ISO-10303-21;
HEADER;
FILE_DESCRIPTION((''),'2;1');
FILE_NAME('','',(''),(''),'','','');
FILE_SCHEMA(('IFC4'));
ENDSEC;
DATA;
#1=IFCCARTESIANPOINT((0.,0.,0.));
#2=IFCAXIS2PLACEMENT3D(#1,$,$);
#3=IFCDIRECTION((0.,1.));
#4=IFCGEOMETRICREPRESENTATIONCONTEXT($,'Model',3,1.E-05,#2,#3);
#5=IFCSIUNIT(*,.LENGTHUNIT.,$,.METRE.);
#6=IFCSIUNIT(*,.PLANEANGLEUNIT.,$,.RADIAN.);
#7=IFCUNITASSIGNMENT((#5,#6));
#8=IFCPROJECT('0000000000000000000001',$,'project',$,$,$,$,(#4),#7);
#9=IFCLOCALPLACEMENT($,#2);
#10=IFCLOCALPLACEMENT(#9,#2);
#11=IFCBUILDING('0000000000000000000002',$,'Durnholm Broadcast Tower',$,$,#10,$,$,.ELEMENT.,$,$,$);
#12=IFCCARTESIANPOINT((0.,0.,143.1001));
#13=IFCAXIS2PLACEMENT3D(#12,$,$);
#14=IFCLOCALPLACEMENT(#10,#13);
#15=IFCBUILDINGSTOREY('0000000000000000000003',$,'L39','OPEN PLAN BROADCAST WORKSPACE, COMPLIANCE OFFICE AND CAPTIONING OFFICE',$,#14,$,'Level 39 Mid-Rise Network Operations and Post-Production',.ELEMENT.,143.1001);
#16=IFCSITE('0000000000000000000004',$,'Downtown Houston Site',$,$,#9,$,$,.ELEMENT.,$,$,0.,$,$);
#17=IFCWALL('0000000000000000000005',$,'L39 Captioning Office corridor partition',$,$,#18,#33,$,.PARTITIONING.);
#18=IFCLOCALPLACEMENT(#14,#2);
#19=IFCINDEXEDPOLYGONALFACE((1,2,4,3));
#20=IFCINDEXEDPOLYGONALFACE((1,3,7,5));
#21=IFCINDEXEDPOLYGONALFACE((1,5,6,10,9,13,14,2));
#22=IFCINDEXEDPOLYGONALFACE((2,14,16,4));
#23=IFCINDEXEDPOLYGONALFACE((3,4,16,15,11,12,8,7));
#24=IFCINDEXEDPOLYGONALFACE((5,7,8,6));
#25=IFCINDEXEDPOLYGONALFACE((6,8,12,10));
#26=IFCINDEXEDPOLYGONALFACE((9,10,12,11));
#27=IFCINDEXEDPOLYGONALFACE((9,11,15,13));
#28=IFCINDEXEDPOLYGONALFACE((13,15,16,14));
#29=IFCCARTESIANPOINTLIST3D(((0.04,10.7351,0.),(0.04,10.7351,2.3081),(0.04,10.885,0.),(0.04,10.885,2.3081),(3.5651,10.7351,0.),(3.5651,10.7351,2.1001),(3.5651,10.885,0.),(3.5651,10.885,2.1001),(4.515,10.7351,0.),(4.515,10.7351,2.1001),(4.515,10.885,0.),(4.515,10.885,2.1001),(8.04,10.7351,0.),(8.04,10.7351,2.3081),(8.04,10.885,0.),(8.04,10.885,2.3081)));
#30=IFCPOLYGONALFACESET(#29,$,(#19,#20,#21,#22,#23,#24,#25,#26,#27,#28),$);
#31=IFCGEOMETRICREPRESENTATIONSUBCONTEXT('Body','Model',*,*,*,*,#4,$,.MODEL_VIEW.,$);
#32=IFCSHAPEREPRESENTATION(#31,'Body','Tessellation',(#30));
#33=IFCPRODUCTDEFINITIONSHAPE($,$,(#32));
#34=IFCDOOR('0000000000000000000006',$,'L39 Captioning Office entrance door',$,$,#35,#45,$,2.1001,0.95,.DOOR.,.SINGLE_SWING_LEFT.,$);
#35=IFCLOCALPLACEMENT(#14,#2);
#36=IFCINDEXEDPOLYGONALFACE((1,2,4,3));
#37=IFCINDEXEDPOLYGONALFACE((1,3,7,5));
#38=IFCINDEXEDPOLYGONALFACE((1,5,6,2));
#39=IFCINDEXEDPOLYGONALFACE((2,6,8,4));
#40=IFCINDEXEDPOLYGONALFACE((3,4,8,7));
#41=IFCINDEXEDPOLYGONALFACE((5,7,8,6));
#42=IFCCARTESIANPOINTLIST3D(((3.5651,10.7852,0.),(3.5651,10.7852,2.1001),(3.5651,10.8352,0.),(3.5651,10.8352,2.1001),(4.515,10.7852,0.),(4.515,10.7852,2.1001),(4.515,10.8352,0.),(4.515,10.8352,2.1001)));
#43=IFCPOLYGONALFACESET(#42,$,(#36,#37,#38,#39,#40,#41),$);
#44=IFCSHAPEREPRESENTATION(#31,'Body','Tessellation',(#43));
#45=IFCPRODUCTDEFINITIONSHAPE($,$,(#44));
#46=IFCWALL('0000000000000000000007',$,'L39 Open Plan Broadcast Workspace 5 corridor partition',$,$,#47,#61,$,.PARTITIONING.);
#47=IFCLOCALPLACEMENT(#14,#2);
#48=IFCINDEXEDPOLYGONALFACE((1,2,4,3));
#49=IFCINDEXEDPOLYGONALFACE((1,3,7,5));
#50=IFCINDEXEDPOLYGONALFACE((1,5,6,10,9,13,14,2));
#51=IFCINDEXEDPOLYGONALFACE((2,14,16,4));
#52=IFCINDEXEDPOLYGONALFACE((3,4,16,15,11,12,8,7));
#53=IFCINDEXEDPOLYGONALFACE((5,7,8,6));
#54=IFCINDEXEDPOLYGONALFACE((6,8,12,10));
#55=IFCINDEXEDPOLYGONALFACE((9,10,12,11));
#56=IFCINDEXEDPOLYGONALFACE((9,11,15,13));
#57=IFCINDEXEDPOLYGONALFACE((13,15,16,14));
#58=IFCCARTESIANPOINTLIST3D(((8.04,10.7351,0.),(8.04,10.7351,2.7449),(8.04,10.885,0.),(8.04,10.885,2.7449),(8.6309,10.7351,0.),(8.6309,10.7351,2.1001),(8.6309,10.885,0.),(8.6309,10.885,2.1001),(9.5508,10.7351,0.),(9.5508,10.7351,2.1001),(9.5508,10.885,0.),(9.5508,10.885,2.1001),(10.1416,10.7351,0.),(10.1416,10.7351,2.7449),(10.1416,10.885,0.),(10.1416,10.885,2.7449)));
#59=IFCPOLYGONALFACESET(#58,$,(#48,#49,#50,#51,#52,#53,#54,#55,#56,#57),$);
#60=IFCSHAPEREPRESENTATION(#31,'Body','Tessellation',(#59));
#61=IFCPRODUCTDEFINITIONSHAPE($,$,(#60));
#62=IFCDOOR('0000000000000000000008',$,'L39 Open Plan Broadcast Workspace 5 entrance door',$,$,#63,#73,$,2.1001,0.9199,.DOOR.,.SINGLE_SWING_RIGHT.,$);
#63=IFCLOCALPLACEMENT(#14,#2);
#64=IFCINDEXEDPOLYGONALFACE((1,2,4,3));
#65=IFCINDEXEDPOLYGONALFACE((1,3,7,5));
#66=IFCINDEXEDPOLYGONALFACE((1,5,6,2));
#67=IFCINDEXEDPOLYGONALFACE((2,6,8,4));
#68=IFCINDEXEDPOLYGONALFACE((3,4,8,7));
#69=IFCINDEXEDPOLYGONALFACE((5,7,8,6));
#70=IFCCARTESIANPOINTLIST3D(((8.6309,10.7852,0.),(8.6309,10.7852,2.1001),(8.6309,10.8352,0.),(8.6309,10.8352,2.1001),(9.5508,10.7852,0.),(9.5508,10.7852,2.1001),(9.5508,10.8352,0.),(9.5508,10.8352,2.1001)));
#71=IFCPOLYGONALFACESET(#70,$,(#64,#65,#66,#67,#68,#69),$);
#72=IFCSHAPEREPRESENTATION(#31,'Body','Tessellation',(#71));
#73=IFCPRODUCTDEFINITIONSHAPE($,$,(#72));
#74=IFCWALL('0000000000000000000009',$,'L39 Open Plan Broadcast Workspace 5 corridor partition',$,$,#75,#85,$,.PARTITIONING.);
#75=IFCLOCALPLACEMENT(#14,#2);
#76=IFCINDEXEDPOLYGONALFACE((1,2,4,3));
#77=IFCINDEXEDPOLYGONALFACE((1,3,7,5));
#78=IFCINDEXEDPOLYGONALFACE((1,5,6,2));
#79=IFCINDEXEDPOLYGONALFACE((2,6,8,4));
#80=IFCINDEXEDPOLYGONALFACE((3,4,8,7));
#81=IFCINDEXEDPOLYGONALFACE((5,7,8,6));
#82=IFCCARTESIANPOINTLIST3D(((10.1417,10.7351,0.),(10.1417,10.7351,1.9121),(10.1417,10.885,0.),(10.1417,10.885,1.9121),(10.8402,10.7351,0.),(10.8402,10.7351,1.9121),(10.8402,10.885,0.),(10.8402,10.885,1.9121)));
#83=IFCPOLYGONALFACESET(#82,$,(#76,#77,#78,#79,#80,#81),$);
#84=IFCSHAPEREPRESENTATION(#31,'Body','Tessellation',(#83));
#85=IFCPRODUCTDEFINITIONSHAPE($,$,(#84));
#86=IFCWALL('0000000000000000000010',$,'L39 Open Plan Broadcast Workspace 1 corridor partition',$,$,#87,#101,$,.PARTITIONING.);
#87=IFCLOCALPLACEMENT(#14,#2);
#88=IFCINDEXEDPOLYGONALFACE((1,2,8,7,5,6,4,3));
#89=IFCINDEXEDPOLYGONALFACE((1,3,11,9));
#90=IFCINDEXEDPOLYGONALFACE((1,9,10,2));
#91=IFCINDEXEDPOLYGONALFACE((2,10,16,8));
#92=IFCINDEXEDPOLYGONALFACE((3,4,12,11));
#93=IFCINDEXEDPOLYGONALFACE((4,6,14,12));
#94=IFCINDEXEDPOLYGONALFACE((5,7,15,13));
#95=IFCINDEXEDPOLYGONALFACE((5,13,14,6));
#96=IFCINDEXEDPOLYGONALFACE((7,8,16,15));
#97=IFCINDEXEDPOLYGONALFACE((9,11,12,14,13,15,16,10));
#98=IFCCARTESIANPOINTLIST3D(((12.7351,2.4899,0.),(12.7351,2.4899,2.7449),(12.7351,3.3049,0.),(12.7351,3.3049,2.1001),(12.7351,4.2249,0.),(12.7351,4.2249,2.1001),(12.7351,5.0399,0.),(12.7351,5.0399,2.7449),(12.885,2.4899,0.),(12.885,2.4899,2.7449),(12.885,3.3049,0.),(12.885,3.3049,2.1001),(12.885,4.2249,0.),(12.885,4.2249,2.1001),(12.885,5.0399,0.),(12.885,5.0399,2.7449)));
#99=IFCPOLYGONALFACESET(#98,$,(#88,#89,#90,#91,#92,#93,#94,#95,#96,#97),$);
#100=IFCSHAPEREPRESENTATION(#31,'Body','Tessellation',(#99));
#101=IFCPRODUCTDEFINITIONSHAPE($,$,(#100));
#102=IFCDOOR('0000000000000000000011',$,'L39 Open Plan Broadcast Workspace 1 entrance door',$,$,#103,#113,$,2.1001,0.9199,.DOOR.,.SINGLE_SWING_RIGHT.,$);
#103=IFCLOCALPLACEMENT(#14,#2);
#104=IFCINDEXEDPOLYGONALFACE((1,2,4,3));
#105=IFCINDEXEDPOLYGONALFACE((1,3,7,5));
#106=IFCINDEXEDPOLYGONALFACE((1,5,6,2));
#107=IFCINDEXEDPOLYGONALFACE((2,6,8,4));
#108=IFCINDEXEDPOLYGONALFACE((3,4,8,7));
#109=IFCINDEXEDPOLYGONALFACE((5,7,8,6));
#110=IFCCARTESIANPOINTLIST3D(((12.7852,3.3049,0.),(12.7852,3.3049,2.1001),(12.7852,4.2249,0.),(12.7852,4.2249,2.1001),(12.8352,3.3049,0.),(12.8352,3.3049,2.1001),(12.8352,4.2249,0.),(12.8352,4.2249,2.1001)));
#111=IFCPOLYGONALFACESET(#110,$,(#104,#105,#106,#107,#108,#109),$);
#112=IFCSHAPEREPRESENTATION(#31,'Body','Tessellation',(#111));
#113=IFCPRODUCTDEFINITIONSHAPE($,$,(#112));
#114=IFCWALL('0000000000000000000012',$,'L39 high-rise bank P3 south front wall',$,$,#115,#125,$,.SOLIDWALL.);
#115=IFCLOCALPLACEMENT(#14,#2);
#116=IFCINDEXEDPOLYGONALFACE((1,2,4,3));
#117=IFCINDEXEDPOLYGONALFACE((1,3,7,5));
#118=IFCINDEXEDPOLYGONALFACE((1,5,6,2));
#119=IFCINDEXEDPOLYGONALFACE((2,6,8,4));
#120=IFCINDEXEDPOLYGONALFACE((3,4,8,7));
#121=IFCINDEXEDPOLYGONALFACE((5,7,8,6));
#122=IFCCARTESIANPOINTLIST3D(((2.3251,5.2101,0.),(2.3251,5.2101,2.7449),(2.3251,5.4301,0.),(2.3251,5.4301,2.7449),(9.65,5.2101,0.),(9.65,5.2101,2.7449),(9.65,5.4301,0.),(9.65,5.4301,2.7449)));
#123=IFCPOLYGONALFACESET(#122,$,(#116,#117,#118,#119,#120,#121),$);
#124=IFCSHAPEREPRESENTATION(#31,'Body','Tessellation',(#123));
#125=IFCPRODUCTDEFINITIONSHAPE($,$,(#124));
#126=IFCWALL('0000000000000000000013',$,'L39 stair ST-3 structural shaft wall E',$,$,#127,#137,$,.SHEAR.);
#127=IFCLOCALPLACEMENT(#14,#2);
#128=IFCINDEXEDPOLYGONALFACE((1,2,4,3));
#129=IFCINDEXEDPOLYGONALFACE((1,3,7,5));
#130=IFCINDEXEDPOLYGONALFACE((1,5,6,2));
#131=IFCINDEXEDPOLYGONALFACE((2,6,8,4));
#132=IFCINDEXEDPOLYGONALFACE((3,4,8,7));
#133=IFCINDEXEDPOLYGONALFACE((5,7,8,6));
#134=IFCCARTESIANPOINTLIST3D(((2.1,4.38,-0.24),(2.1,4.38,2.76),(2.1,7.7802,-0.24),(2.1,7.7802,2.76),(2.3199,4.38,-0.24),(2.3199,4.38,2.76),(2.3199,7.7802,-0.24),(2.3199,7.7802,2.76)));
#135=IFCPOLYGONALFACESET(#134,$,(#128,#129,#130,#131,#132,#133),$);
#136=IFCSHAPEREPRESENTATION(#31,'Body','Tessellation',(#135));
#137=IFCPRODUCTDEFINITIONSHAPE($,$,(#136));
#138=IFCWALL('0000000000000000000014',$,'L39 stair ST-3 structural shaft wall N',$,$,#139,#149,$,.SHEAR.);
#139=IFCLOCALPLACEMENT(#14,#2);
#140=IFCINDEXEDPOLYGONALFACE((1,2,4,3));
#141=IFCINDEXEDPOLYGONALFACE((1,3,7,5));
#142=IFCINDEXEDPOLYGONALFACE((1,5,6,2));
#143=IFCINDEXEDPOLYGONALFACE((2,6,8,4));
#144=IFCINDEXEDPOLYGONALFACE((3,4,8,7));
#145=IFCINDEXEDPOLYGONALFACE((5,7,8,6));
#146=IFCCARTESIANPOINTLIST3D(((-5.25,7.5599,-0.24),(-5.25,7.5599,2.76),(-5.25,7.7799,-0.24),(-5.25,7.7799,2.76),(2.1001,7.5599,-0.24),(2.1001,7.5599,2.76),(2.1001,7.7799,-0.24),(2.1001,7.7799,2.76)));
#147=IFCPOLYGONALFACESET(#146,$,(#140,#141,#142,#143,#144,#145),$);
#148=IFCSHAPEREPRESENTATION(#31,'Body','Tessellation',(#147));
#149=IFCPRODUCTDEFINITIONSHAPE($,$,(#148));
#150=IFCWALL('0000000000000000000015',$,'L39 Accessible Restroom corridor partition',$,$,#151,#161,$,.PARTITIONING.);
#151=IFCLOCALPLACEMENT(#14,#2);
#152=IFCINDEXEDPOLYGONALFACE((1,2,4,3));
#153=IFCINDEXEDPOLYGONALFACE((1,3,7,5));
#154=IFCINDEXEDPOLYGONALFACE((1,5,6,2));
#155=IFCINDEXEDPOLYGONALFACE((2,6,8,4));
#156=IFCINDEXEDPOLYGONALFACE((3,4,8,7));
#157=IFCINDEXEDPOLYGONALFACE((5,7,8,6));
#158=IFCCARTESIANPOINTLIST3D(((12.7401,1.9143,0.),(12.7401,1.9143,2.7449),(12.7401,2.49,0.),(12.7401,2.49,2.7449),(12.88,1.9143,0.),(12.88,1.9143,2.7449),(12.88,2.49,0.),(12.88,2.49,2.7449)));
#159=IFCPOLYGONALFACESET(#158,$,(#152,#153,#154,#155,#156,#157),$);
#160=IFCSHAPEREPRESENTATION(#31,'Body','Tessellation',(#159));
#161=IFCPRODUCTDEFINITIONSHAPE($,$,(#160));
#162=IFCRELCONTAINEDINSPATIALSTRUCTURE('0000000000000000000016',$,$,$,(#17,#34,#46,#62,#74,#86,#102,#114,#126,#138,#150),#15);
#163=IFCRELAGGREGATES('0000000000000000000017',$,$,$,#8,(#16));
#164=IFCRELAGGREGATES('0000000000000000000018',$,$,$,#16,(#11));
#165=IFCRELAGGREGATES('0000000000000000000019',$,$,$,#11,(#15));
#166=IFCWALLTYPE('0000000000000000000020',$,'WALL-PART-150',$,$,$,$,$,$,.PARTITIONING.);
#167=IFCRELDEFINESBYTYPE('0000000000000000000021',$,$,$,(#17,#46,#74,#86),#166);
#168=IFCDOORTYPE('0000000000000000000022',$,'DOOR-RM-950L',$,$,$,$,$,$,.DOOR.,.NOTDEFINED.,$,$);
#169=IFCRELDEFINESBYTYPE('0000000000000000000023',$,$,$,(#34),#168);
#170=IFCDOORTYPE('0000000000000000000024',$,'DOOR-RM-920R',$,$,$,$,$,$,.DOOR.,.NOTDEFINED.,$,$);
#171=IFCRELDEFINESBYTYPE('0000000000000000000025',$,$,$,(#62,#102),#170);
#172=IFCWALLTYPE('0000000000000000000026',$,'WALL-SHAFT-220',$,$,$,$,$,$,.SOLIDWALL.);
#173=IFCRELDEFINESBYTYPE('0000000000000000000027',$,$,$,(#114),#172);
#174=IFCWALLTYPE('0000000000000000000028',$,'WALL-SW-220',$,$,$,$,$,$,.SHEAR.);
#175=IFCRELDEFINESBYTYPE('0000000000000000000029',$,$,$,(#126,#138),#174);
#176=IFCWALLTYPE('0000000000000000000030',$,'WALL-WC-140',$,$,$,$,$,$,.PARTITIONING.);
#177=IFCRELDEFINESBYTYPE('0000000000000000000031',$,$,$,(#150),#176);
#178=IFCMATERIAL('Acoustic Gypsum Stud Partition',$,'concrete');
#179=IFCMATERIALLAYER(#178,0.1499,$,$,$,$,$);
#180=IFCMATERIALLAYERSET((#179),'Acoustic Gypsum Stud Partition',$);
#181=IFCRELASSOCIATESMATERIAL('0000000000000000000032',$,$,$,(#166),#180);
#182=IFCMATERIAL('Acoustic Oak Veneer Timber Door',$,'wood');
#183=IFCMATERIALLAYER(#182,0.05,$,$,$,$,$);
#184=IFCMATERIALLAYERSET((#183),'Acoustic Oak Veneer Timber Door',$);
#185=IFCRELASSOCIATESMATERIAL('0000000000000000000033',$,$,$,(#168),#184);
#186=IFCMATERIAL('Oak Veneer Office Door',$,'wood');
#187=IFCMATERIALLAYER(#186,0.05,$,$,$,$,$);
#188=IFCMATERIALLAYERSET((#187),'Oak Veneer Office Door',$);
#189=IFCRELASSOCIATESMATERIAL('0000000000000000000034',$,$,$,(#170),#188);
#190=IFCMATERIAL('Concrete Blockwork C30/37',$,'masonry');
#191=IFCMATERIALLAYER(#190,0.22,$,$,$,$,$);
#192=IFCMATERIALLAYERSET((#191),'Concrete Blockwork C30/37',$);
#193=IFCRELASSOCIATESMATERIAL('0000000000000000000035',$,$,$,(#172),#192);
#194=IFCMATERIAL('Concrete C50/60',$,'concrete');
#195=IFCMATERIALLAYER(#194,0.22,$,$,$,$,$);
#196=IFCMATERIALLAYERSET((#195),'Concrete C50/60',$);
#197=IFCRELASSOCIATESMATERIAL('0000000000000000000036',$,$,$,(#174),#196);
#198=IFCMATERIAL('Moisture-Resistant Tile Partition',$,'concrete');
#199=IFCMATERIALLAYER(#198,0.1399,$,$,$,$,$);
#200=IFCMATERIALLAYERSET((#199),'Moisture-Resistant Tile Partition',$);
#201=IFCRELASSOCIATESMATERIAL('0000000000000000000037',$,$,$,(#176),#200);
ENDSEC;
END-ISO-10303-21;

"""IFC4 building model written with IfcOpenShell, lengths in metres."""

from ifc_helpers import new_model, si_unit, direction, frame, frame_2d, origin, place, context, subcontext, project, spatial, rectangle, extrude, source, transform, mapped, material, layer, layer_set, type_object, type_shapes, element, fill, save


model = new_model("IFC4")

# Units and contexts
model_context = context("Model", 3, precision=1e-05, world=origin(), true_north=direction((0.0, 1.0)))
body_context = subcontext(model_context, "Body", "Model", "MODEL_VIEW")
ifc_project = project(units=[si_unit("LENGTHUNIT", "METRE"), si_unit("PLANEANGLEUNIT", "RADIAN")], contexts=[model_context])

# Site, building, storey
site_placement = place(None, origin())
site = spatial("IfcSite", under=ifc_project, at=site_placement, Name="Downtown Houston Site", CompositionType="ELEMENT", RefElevation=0.0)
building_placement = place(site_placement, origin())
building = spatial("IfcBuilding", under=site, at=building_placement, Name="Durnholm Broadcast Tower", CompositionType="ELEMENT")
storey_placement = place(building_placement, frame((0.0, 0.0, 143.1001)))
storey = spatial("IfcBuildingStorey", under=building, at=storey_placement, Name="L39", Description="OPEN PLAN BROADCAST WORKSPACE, COMPLIANCE OFFICE AND CAPTIONING OFFICE", LongName="Level 39 Mid-Rise Network Operations and Post-Production", CompositionType="ELEMENT", Elevation=143.1001)

# Shared definitions
ifc_material_1 = material(Name="Acoustic Gypsum Stud Partition", Category="concrete")
ifc_layer_1 = layer(ifc_material_1, 0.1499)
ifc_layer_set_1 = layer_set([ifc_layer_1], Name="Acoustic Gypsum Stud Partition")
wall_type_1 = type_object("IfcWallType", Name="WALL-PART-150", PredefinedType="PARTITIONING", material=ifc_layer_set_1)

# Walls, openings, doors
wall_1_placement = place(storey_placement, frame((8.04, 10.8101, 0.0), z_axis=(0.0, 0.0, 1.0), x_axis=(-1.0, 0.0, 0.0)))
wall_1 = element("IfcWall", 1, at=wall_1_placement, inside=storey, type_object=wall_type_1, Name="L39 Captioning Office corridor partition", PredefinedType="PARTITIONING", context=body_context, shape_type="SweptSolid", body=[
    extrude(rectangle(XDim=8.0, YDim=0.1499, at=frame_2d((4.0, 0.0))), origin(), (0.0, 0.0, 1.0), 2.3081),
])
opening_1_placement = place(wall_1_placement, frame((3.5249, 0.0, 0.0)))
opening_1 = element("IfcOpeningElement", 2, at=opening_1_placement, cuts=wall_1, PredefinedType="OPENING", context=body_context, shape_type="SweptSolid", body=[
    extrude(rectangle(XDim=0.95, YDim=2.1001, at=frame_2d((0.4751, 1.05))), frame((0.0, 0.085, 0.0), z_axis=(0.0, -1.0, 0.0), x_axis=(1.0, 0.0, 0.0)), (0.0, 0.0, 1.0), 0.1699),
])
ifc_material_2 = material(Name="Acoustic Oak Veneer Timber Door", Category="wood")
ifc_layer_2 = layer(ifc_material_2, 0.05)
ifc_layer_set_2 = layer_set([ifc_layer_2], Name="Acoustic Oak Veneer Timber Door")
door_type_1 = type_object("IfcDoorType", Name="DOOR-RM-950L", OperationType="NOTDEFINED", PredefinedType="DOOR", material=ifc_layer_set_2)
shared_shape_1 = source(origin(), body_context, "Body", "SweptSolid", [
    extrude(rectangle(XDim=0.95, YDim=2.1001, at=frame_2d((0.4751, 1.05))), frame((0.0, 0.0249, 0.0), z_axis=(0.0, -1.0, 0.0), x_axis=(1.0, 0.0, 0.0)), (0.0, 0.0, 1.0), 0.05),
])
type_shapes(door_type_1, [shared_shape_1])
door_1_placement = place(opening_1_placement, origin())
door_1 = element("IfcDoor", 3, at=door_1_placement, inside=storey, type_object=door_type_1, Name="L39 Captioning Office entrance door", OperationType="SINGLE_SWING_LEFT", OverallHeight=2.1001, OverallWidth=0.95, PredefinedType="DOOR", context=body_context, shape_type="MappedRepresentation", body=[
    mapped(shared_shape_1, transform((0.0, 0.0, 0.0), x_axis=(1.0, 0.0, 0.0), y_axis=(0.0, 1.0, 0.0), z_axis=(0.0, 0.0, 1.0), scale=1.0)),
])
fill(opening_1, door_1)
wall_2_placement = place(storey_placement, frame((10.1416, 10.8101, 0.0), z_axis=(0.0, 0.0, 1.0), x_axis=(-1.0, 0.0, 0.0)))
wall_2 = element("IfcWall", 4, at=wall_2_placement, inside=storey, type_object=wall_type_1, Name="L39 Open Plan Broadcast Workspace 5 corridor partition", PredefinedType="PARTITIONING", context=body_context, shape_type="SweptSolid", body=[
    extrude(rectangle(XDim=2.1016, YDim=0.1499, at=frame_2d((1.0508, 0.0))), origin(), (0.0, 0.0, 1.0), 2.7449),
])
opening_2_placement = place(wall_2_placement, frame((0.5908, 0.0, 0.0)))
opening_2 = element("IfcOpeningElement", 5, at=opening_2_placement, cuts=wall_2, PredefinedType="OPENING", context=body_context, shape_type="SweptSolid", body=[
    extrude(rectangle(XDim=0.9199, YDim=2.1001, at=frame_2d((0.46, 1.05))), frame((0.0, 0.085, 0.0), z_axis=(0.0, -1.0, 0.0), x_axis=(1.0, 0.0, 0.0)), (0.0, 0.0, 1.0), 0.1699),
])
ifc_material_3 = material(Name="Oak Veneer Office Door", Category="wood")
ifc_layer_3 = layer(ifc_material_3, 0.05)
ifc_layer_set_3 = layer_set([ifc_layer_3], Name="Oak Veneer Office Door")
door_type_2 = type_object("IfcDoorType", Name="DOOR-RM-920R", OperationType="NOTDEFINED", PredefinedType="DOOR", material=ifc_layer_set_3)
shared_shape_2 = source(origin(), body_context, "Body", "SweptSolid", [
    extrude(rectangle(XDim=0.9199, YDim=2.1001, at=frame_2d((0.46, 1.05))), frame((0.0, 0.0249, 0.0), z_axis=(0.0, -1.0, 0.0), x_axis=(1.0, 0.0, 0.0)), (0.0, 0.0, 1.0), 0.05),
])
type_shapes(door_type_2, [shared_shape_2])
door_2_placement = place(opening_2_placement, origin())
door_2 = element("IfcDoor", 6, at=door_2_placement, inside=storey, type_object=door_type_2, Name="L39 Open Plan Broadcast Workspace 5 entrance door", OperationType="SINGLE_SWING_RIGHT", OverallHeight=2.1001, OverallWidth=0.9199, PredefinedType="DOOR", context=body_context, shape_type="MappedRepresentation", body=[
    mapped(shared_shape_2, transform((0.0, 0.0, 0.0), x_axis=(1.0, 0.0, 0.0), y_axis=(0.0, 1.0, 0.0), z_axis=(0.0, 0.0, 1.0), scale=1.0)),
])
fill(opening_2, door_2)

# Wall
wall_3_placement = place(storey_placement, frame((10.8401, 10.8101, 0.0), z_axis=(0.0, 0.0, 1.0), x_axis=(-1.0, 0.0, 0.0)))
element("IfcWall", 7, at=wall_3_placement, inside=storey, type_object=wall_type_1, Name="L39 Open Plan Broadcast Workspace 5 corridor partition", PredefinedType="PARTITIONING", context=body_context, shape_type="SweptSolid", body=[
    extrude(rectangle(XDim=0.6985, YDim=0.1499, at=frame_2d((0.3491, 0.0))), origin(), (0.0, 0.0, 1.0), 1.9121),
])

# Wall, opening, door
wall_4_placement = place(storey_placement, frame((12.8101, 2.49, 0.0), z_axis=(0.0, 0.0, 1.0), x_axis=(0.0, 1.0, 0.0)))
wall_4 = element("IfcWall", 8, at=wall_4_placement, inside=storey, type_object=wall_type_1, Name="L39 Open Plan Broadcast Workspace 1 corridor partition", PredefinedType="PARTITIONING", context=body_context, shape_type="SweptSolid", body=[
    extrude(rectangle(XDim=2.55, YDim=0.1499, at=frame_2d((1.2749, 0.0))), origin(), (0.0, 0.0, 1.0), 2.7449),
])
opening_3_placement = place(wall_4_placement, frame((0.8149, 0.0, 0.0)))
opening_3 = element("IfcOpeningElement", 9, at=opening_3_placement, cuts=wall_4, PredefinedType="OPENING", context=body_context, shape_type="SweptSolid", body=[
    extrude(rectangle(XDim=0.9199, YDim=2.1001, at=frame_2d((0.46, 1.05))), frame((0.0, 0.085, 0.0), z_axis=(0.0, -1.0, 0.0), x_axis=(1.0, 0.0, 0.0)), (0.0, 0.0, 1.0), 0.1699),
])
door_3_placement = place(opening_3_placement, origin())
door_3 = element("IfcDoor", 10, at=door_3_placement, inside=storey, type_object=door_type_2, Name="L39 Open Plan Broadcast Workspace 1 entrance door", OperationType="SINGLE_SWING_RIGHT", OverallHeight=2.1001, OverallWidth=0.9199, PredefinedType="DOOR", context=body_context, shape_type="MappedRepresentation", body=[
    mapped(shared_shape_2, transform((0.0, 0.0, 0.0), x_axis=(1.0, 0.0, 0.0), y_axis=(0.0, 1.0, 0.0), z_axis=(0.0, 0.0, 1.0), scale=1.0)),
])
fill(opening_3, door_3)

# Shared definitions
ifc_material_4 = material(Name="Concrete Blockwork C30/37", Category="masonry")
ifc_layer_4 = layer(ifc_material_4, 0.22)
ifc_layer_set_4 = layer_set([ifc_layer_4], Name="Concrete Blockwork C30/37")
wall_type_2 = type_object("IfcWallType", Name="WALL-SHAFT-220", PredefinedType="SOLIDWALL", material=ifc_layer_set_4)

# Walls
wall_5_placement = place(storey_placement, frame((2.325, 5.3201, 0.0), z_axis=(0.0, 0.0, 1.0), x_axis=(1.0, 0.0, 0.0)))
element("IfcWall", 11, at=wall_5_placement, inside=storey, type_object=wall_type_2, Name="L39 high-rise bank P3 south front wall", PredefinedType="SOLIDWALL", context=body_context, shape_type="SweptSolid", body=[
    extrude(rectangle(XDim=7.325, YDim=0.22, at=frame_2d((3.6626, 0.0))), origin(), (0.0, 0.0, 1.0), 2.7449),
])
ifc_material_5 = material(Name="Concrete C50/60", Category="concrete")
ifc_layer_5 = layer(ifc_material_5, 0.22)
ifc_layer_set_5 = layer_set([ifc_layer_5], Name="Concrete C50/60")
wall_type_3 = type_object("IfcWallType", Name="WALL-SW-220", PredefinedType="SHEAR", material=ifc_layer_set_5)
wall_6_placement = place(storey_placement, frame((2.21, 4.3799, -0.24), z_axis=(0.0, 0.0, 1.0), x_axis=(0.0, 1.0, 0.0)))
element("IfcWall", 12, at=wall_6_placement, inside=storey, type_object=wall_type_3, Name="L39 stair ST-3 structural shaft wall E", PredefinedType="SHEAR", context=body_context, shape_type="SweptSolid", body=[
    extrude(rectangle(XDim=3.4001, YDim=0.22, at=frame_2d((1.7002, 0.0))), origin(), (0.0, 0.0, 1.0), 3.0),
])
wall_7_placement = place(storey_placement, frame((2.1001, 7.6699, -0.24), z_axis=(0.0, 0.0, 1.0), x_axis=(-1.0, 0.0, 0.0)))
element("IfcWall", 13, at=wall_7_placement, inside=storey, type_object=wall_type_3, Name="L39 stair ST-3 structural shaft wall N", PredefinedType="SHEAR", context=body_context, shape_type="SweptSolid", body=[
    extrude(rectangle(XDim=7.3501, YDim=0.22, at=frame_2d((3.675, 0.0))), origin(), (0.0, 0.0, 1.0), 3.0),
])
ifc_material_6 = material(Name="Moisture-Resistant Tile Partition", Category="concrete")
ifc_layer_6 = layer(ifc_material_6, 0.1399)
ifc_layer_set_6 = layer_set([ifc_layer_6], Name="Moisture-Resistant Tile Partition")
wall_type_4 = type_object("IfcWallType", Name="WALL-WC-140", PredefinedType="PARTITIONING", material=ifc_layer_set_6)
wall_8_placement = place(storey_placement, frame((12.8101, 1.9143, 0.0), z_axis=(0.0, 0.0, 1.0), x_axis=(0.0, 1.0, 0.0)))
element("IfcWall", 14, at=wall_8_placement, inside=storey, type_object=wall_type_4, Name="L39 Accessible Restroom corridor partition", PredefinedType="PARTITIONING", context=body_context, shape_type="SweptSolid", body=[
    extrude(rectangle(XDim=0.5757, YDim=0.1399, at=frame_2d((0.2878, 0.0))), origin(), (0.0, 0.0, 1.0), 2.7449),
])

save(model, "model.ifc")
